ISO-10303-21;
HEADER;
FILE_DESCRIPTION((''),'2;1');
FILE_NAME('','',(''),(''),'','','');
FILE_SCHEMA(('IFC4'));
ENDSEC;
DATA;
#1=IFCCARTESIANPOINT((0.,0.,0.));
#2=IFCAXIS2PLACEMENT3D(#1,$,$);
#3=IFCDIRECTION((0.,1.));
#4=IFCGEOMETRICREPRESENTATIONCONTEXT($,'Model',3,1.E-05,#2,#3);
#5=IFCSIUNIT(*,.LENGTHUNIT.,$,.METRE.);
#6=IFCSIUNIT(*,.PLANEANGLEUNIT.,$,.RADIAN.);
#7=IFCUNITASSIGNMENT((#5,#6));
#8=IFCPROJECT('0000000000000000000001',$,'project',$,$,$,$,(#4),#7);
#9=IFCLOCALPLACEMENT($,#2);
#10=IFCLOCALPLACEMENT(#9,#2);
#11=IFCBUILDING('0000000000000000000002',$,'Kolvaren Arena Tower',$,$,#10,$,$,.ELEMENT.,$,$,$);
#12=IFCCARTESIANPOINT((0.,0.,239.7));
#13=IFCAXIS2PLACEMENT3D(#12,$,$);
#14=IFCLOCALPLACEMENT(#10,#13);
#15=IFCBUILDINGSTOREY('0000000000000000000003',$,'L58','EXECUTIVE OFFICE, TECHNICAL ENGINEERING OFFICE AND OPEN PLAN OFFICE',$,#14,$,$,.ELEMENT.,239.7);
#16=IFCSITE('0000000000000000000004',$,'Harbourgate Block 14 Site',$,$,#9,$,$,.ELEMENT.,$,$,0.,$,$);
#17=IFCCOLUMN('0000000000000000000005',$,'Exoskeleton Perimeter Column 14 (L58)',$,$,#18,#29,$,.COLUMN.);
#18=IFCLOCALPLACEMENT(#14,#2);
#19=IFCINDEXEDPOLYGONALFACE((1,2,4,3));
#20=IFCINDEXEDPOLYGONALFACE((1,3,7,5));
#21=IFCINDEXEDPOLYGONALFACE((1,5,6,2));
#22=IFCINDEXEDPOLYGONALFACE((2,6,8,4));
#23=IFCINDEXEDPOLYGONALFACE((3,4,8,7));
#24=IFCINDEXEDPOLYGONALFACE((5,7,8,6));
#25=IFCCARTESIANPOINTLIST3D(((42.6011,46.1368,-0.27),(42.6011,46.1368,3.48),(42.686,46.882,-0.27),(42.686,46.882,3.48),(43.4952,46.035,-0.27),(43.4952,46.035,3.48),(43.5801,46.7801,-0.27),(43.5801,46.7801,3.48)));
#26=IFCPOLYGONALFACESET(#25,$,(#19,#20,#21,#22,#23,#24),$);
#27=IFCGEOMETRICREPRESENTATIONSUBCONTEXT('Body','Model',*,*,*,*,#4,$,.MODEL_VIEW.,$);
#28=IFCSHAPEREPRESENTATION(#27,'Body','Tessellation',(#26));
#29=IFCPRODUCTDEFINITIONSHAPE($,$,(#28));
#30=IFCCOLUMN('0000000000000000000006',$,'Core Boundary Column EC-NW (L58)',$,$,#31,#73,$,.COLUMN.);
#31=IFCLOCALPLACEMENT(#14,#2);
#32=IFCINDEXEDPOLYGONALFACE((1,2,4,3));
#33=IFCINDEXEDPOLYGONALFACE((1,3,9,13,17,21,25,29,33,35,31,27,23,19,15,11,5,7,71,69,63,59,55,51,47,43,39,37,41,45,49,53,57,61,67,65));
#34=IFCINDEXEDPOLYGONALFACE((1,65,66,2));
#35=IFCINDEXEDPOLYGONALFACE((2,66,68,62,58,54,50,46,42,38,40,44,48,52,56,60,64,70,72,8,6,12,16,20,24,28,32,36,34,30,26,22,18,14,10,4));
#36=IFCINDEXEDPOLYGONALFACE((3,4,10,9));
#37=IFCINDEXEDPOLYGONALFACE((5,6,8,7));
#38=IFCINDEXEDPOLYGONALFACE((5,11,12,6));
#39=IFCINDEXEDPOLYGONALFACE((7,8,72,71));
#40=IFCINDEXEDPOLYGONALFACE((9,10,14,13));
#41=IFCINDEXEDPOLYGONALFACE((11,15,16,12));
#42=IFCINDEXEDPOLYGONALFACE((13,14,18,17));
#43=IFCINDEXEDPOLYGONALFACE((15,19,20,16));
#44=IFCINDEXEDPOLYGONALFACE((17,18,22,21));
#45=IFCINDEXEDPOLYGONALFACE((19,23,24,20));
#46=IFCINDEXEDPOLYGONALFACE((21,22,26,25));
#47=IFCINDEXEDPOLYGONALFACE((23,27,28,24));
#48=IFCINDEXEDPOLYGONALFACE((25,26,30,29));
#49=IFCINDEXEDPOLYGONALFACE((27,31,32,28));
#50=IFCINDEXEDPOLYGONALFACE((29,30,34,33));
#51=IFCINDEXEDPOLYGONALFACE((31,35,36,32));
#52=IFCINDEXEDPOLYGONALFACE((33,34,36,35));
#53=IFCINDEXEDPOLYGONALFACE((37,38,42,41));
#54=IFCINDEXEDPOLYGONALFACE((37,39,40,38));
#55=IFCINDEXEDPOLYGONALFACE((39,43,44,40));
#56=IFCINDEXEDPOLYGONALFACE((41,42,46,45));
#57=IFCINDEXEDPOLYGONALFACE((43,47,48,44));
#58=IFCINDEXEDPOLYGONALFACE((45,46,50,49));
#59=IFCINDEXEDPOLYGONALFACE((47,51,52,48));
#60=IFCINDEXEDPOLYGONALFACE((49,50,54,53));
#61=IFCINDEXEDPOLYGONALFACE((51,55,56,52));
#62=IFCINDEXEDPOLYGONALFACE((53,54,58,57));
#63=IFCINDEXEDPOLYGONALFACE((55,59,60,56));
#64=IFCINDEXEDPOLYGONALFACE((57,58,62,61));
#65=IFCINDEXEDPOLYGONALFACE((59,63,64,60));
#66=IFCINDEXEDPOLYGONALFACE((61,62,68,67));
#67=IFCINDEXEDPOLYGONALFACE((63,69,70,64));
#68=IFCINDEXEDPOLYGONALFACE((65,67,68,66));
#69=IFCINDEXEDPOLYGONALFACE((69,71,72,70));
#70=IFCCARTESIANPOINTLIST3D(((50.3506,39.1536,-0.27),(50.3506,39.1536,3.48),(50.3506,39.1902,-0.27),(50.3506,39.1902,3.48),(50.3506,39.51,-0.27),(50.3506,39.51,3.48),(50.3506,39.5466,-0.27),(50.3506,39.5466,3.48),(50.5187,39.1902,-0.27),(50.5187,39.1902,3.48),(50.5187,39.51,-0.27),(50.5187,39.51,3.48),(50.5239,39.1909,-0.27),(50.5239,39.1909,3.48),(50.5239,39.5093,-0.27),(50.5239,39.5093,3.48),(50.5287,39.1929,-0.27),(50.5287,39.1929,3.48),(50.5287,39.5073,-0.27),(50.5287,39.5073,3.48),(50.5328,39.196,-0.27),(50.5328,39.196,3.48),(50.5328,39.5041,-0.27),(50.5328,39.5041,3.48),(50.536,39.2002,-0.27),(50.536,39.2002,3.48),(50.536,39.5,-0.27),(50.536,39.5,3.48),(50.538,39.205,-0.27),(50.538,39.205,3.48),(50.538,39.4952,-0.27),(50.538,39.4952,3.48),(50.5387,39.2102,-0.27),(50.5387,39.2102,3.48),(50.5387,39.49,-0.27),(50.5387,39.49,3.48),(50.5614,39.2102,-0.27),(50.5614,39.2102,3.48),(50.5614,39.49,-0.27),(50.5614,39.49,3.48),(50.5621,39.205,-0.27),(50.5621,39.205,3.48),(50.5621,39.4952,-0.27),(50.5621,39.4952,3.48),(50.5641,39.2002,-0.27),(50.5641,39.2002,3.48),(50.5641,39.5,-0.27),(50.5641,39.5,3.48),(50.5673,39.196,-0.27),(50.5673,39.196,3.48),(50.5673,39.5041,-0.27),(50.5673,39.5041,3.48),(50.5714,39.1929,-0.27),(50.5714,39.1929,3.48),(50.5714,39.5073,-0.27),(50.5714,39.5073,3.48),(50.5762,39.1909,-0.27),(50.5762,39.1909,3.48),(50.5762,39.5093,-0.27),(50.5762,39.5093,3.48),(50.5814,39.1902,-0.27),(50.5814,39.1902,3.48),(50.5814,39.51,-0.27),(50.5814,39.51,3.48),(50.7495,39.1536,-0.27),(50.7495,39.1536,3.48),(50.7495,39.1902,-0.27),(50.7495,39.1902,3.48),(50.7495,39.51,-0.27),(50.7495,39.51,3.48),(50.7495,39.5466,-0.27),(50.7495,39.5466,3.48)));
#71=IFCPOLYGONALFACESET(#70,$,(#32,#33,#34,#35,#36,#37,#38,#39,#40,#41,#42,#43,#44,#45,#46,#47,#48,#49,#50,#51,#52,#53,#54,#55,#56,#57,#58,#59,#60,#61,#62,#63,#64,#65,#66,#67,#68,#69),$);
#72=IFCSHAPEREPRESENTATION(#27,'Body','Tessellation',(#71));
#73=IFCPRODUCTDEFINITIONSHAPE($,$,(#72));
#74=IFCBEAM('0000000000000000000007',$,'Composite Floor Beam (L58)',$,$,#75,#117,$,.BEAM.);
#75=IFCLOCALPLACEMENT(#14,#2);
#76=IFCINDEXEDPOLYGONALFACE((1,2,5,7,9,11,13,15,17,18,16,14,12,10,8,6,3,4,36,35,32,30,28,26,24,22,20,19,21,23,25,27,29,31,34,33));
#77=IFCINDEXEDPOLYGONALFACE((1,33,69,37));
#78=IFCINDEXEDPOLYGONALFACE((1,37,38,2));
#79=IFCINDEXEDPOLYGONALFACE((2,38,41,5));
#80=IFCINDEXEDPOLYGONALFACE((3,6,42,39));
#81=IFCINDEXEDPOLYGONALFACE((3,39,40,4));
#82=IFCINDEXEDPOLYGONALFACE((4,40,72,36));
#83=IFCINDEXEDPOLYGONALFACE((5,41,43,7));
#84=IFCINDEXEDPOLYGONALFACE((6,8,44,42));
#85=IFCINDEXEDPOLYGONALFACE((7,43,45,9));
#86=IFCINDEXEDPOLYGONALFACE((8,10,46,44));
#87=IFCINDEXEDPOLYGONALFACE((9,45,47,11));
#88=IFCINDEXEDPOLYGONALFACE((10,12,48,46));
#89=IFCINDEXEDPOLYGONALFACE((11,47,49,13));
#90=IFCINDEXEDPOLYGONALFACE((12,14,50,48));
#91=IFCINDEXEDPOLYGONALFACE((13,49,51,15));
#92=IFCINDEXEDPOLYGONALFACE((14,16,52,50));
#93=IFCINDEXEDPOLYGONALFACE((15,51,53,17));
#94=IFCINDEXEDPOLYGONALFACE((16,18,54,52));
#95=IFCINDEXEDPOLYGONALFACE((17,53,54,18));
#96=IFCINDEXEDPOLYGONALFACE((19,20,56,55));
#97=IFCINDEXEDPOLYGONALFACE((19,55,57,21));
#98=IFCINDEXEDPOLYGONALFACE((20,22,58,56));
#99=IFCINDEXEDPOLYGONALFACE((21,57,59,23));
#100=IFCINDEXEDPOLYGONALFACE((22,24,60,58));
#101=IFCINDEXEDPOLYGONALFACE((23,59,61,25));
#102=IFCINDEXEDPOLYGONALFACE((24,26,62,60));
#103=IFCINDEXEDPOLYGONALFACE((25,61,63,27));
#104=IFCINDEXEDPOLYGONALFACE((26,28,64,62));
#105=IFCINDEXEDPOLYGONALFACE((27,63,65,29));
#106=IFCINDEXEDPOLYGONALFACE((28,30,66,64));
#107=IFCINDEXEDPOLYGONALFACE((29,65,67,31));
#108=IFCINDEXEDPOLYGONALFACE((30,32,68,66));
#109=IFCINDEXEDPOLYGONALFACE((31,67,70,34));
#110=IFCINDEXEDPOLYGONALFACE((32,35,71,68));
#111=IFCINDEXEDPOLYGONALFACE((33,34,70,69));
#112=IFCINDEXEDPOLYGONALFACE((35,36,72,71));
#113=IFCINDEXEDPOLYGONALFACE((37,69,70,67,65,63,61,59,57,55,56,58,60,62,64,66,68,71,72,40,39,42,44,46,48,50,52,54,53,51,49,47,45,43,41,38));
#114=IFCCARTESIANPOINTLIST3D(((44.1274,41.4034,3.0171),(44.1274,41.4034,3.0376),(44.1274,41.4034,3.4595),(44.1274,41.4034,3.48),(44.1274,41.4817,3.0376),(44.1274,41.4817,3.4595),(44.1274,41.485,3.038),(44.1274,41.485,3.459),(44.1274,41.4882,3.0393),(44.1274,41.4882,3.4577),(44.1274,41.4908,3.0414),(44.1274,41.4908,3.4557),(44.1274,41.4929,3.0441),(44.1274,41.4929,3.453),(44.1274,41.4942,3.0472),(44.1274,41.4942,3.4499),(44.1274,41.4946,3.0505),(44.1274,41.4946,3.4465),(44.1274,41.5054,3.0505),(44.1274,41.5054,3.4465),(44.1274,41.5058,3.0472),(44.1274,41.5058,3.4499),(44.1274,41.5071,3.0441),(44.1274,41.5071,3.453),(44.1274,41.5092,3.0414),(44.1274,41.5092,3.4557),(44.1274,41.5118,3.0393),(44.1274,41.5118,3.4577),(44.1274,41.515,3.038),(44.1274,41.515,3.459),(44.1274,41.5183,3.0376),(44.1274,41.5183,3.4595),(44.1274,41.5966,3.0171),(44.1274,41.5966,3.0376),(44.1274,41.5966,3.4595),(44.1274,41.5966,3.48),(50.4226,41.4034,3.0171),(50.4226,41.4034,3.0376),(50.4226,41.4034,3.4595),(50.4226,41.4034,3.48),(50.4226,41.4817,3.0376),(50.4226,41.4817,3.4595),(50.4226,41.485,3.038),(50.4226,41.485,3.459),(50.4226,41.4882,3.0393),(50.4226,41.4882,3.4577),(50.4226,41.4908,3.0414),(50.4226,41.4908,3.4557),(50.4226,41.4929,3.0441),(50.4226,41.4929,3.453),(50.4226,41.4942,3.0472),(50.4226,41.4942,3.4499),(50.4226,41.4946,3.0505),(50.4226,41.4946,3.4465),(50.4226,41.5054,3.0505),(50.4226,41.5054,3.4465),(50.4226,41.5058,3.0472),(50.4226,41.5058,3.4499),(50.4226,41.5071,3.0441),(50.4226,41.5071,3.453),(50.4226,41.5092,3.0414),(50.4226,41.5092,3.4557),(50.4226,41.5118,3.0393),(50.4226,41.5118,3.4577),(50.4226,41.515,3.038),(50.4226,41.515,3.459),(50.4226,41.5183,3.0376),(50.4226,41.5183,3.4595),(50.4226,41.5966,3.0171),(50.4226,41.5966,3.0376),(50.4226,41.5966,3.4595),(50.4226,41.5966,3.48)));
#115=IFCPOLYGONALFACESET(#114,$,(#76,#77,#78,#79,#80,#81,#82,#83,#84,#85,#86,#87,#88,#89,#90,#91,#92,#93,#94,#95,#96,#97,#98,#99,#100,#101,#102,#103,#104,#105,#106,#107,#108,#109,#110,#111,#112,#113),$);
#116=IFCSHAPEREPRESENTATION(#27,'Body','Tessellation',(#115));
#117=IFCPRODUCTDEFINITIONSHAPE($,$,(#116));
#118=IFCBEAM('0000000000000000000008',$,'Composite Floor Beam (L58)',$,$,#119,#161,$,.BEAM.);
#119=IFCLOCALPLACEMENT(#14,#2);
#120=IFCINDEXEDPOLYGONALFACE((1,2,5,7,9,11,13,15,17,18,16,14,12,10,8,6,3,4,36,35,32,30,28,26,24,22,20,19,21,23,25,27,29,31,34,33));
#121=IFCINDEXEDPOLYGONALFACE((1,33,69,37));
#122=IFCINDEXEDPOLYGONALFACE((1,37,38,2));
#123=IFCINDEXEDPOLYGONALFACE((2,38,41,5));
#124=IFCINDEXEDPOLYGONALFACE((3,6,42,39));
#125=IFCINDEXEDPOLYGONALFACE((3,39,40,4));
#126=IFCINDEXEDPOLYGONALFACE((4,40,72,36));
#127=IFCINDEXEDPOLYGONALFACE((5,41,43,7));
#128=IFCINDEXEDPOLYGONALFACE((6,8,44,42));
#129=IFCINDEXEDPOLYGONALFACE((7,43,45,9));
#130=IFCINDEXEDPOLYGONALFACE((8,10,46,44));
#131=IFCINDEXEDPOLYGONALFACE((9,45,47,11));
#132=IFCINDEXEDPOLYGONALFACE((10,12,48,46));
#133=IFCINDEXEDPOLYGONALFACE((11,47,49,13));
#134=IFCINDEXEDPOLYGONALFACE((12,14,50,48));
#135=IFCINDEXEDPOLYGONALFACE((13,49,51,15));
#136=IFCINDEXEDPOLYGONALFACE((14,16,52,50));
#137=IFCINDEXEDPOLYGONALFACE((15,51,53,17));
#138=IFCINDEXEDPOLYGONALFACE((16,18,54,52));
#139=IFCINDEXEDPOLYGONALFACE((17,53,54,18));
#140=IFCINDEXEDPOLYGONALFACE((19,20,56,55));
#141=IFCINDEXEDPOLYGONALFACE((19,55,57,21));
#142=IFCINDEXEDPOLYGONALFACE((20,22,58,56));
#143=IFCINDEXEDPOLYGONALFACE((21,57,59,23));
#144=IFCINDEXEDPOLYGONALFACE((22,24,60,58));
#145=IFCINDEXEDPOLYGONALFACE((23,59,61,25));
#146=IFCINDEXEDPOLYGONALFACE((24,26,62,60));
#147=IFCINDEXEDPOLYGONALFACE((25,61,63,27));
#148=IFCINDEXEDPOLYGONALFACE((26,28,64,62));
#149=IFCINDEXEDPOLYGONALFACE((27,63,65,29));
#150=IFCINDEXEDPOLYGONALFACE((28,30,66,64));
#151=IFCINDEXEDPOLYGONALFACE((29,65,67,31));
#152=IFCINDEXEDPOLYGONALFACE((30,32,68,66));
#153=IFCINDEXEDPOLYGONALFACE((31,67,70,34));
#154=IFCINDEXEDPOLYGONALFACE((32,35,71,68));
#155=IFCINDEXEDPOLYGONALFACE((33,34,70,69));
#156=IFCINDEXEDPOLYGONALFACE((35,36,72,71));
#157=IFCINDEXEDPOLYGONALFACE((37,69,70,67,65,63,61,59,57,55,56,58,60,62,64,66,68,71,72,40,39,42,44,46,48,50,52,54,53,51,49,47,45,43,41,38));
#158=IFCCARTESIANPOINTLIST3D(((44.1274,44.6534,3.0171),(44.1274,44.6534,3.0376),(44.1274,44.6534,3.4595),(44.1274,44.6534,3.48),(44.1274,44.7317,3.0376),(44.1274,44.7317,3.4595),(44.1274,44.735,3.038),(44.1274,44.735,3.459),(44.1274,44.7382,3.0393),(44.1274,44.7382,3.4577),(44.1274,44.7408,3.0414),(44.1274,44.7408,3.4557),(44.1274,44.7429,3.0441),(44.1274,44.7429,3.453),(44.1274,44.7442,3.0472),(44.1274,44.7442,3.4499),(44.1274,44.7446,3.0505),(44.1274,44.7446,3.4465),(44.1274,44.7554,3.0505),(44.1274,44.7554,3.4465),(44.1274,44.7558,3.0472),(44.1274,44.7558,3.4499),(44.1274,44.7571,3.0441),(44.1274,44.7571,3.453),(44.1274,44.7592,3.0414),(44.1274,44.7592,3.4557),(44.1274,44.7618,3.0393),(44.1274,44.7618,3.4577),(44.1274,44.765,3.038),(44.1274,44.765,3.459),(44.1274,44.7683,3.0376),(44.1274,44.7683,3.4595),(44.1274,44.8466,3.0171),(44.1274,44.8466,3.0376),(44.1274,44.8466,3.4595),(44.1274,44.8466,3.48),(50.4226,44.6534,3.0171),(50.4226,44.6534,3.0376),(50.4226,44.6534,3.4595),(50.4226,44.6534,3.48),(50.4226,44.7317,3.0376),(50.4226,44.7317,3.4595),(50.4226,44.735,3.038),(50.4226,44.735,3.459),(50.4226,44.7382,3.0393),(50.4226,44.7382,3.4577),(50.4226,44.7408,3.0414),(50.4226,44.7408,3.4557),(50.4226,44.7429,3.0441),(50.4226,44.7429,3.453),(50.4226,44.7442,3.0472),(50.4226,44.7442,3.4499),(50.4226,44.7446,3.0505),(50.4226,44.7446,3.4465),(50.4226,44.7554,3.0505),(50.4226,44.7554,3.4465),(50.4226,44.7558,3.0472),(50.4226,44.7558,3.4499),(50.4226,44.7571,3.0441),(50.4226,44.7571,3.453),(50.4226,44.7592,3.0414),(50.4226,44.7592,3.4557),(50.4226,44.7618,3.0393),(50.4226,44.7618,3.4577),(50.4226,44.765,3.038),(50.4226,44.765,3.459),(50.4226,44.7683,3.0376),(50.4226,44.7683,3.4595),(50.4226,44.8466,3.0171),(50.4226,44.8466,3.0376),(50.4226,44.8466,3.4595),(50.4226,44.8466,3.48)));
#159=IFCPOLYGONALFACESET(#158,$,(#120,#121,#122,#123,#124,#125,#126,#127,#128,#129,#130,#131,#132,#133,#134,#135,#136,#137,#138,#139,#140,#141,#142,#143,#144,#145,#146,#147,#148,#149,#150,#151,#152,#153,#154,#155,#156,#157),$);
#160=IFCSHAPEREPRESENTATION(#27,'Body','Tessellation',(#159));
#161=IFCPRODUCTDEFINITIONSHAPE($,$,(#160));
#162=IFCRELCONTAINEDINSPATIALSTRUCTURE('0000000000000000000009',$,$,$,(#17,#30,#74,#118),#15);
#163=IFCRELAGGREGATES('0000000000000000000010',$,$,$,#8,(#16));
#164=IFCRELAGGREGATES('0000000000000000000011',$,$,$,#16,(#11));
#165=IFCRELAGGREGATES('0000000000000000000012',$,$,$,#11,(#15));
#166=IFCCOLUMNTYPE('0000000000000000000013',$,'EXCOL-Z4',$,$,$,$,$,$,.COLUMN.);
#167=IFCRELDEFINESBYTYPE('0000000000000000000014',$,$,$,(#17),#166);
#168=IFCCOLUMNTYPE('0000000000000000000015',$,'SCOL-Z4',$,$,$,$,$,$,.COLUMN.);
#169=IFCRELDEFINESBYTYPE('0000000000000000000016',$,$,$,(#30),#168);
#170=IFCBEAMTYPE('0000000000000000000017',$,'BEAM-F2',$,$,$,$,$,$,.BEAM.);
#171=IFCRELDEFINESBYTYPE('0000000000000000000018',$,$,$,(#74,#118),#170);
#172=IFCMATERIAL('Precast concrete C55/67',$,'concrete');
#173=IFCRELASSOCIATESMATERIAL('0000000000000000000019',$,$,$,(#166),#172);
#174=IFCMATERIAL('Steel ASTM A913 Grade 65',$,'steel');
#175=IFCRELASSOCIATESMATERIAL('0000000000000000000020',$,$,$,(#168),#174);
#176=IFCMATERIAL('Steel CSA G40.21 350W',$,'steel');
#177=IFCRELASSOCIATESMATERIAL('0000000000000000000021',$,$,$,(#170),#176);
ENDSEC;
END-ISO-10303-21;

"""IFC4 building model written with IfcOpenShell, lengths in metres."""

from ifc_helpers import new_model, si_unit, direction, frame, origin, origin_2d, place, context, subcontext, project, spatial, rectangle, i_section, extrude, material, material_profile, profile_set, type_object, element, save


model = new_model("IFC4")

# Units and contexts
model_context = context("Model", 3, precision=1e-05, world=origin(), true_north=direction((0.0, 1.0)))
body_context = subcontext(model_context, "Body", "Model", "MODEL_VIEW")
ifc_project = project(units=[si_unit("LENGTHUNIT", "METRE"), si_unit("PLANEANGLEUNIT", "RADIAN")], contexts=[model_context])

# Site, building, storey
site_placement = place(None, origin())
site = spatial("IfcSite", under=ifc_project, at=site_placement, Name="Harbourgate Block 14 Site", CompositionType="ELEMENT", RefElevation=0.0)
building_placement = place(site_placement, origin())
building = spatial("IfcBuilding", under=site, at=building_placement, Name="Kolvaren Arena Tower", CompositionType="ELEMENT")
storey_placement = place(building_placement, frame((0.0, 0.0, 239.7)))
storey = spatial("IfcBuildingStorey", under=building, at=storey_placement, Name="L58", Description="EXECUTIVE OFFICE, TECHNICAL ENGINEERING OFFICE AND OPEN PLAN OFFICE", CompositionType="ELEMENT", Elevation=239.7)

# Columns
ifc_material_1 = material(Name="Precast concrete C55/67", Category="concrete")
ifc_material_profile_1 = material_profile(ifc_material_1, rectangle(XDim=0.8999, YDim=0.75, at=origin_2d()), Name="RC-900x750")
ifc_profile_set_1 = profile_set([ifc_material_profile_1], Name="Precast concrete C55/67")
column_type_1 = type_object("IfcColumnType", Name="EXCOL-Z4", PredefinedType="COLUMN", material=ifc_profile_set_1)
column_1_placement = place(storey_placement, frame((43.0906, 46.4585, -0.27), z_axis=(0.0, 0.0, 1.0), x_axis=(0.993572, -0.113203, 0.0)))
element("IfcColumn", 1, at=column_1_placement, inside=storey, type_object=column_type_1, Name="Exoskeleton Perimeter Column 14 (L58)", PredefinedType="COLUMN", context=body_context, shape_type="SweptSolid", body=[
    extrude(rectangle(XDim=0.8999, YDim=0.75, at=origin_2d()), origin(), (0.0, 0.0, 1.0), 3.75),
])
ifc_material_2 = material(Name="Steel ASTM A913 Grade 65", Category="steel")
ifc_material_profile_2 = material_profile(ifc_material_2, i_section(OverallWidth=0.3989, OverallDepth=0.3931, WebThickness=0.0227, FlangeThickness=0.0366, FilletRadius=0.02, at=origin_2d()), Name="W360x287")
ifc_profile_set_2 = profile_set([ifc_material_profile_2], Name="Steel ASTM A913 Grade 65")
column_type_2 = type_object("IfcColumnType", Name="SCOL-Z4", PredefinedType="COLUMN", material=ifc_profile_set_2)
column_2_placement = place(storey_placement, frame((50.55, 39.3501, -0.27), z_axis=(0.0, 0.0, 1.0), x_axis=(1.0, 0.0, 0.0)))
element("IfcColumn", 2, at=column_2_placement, inside=storey, type_object=column_type_2, Name="Core Boundary Column EC-NW (L58)", PredefinedType="COLUMN", context=body_context, shape_type="SweptSolid", body=[
    extrude(i_section(OverallWidth=0.3989, OverallDepth=0.3931, WebThickness=0.0227, FlangeThickness=0.0366, FilletRadius=0.02, at=origin_2d()), origin(), (0.0, 0.0, 1.0), 3.75),
])

# Beams
ifc_material_3 = material(Name="Steel CSA G40.21 350W", Category="steel")
ifc_material_profile_3 = material_profile(ifc_material_3, i_section(OverallWidth=0.1931, OverallDepth=0.4629, WebThickness=0.0107, FlangeThickness=0.0205, FilletRadius=0.0129, at=origin_2d()), Name="W460x113")
ifc_profile_set_3 = profile_set([ifc_material_profile_3], Name="Steel CSA G40.21 350W")
beam_type_1 = type_object("IfcBeamType", Name="BEAM-F2", PredefinedType="BEAM", material=ifc_profile_set_3)
for number, where, z_axis, x_axis, name in (
    (3, (44.1274, 41.5, 3.2485), (1.0, 0.0, 0.0), (0.0, 1.0, 0.0), "Composite Floor Beam (L58)"),
    (4, (44.1274, 44.75, 3.2485), (1.0, 0.0, 0.0), (0.0, 1.0, 0.0), "Composite Floor Beam (L58)"),
):
    element("IfcBeam", number, at=place(storey_placement, frame(where, z_axis=z_axis, x_axis=x_axis)), inside=storey, type_object=beam_type_1, Name=name, PredefinedType="BEAM", context=body_context, shape_type="SweptSolid", body=[
        extrude(i_section(OverallWidth=0.1931, OverallDepth=0.4629, WebThickness=0.0107, FlangeThickness=0.0205, FilletRadius=0.0129, at=origin_2d()), origin(), (0.0, 0.0, 1.0), 6.2952),
    ])

save(model, "model.ifc")
